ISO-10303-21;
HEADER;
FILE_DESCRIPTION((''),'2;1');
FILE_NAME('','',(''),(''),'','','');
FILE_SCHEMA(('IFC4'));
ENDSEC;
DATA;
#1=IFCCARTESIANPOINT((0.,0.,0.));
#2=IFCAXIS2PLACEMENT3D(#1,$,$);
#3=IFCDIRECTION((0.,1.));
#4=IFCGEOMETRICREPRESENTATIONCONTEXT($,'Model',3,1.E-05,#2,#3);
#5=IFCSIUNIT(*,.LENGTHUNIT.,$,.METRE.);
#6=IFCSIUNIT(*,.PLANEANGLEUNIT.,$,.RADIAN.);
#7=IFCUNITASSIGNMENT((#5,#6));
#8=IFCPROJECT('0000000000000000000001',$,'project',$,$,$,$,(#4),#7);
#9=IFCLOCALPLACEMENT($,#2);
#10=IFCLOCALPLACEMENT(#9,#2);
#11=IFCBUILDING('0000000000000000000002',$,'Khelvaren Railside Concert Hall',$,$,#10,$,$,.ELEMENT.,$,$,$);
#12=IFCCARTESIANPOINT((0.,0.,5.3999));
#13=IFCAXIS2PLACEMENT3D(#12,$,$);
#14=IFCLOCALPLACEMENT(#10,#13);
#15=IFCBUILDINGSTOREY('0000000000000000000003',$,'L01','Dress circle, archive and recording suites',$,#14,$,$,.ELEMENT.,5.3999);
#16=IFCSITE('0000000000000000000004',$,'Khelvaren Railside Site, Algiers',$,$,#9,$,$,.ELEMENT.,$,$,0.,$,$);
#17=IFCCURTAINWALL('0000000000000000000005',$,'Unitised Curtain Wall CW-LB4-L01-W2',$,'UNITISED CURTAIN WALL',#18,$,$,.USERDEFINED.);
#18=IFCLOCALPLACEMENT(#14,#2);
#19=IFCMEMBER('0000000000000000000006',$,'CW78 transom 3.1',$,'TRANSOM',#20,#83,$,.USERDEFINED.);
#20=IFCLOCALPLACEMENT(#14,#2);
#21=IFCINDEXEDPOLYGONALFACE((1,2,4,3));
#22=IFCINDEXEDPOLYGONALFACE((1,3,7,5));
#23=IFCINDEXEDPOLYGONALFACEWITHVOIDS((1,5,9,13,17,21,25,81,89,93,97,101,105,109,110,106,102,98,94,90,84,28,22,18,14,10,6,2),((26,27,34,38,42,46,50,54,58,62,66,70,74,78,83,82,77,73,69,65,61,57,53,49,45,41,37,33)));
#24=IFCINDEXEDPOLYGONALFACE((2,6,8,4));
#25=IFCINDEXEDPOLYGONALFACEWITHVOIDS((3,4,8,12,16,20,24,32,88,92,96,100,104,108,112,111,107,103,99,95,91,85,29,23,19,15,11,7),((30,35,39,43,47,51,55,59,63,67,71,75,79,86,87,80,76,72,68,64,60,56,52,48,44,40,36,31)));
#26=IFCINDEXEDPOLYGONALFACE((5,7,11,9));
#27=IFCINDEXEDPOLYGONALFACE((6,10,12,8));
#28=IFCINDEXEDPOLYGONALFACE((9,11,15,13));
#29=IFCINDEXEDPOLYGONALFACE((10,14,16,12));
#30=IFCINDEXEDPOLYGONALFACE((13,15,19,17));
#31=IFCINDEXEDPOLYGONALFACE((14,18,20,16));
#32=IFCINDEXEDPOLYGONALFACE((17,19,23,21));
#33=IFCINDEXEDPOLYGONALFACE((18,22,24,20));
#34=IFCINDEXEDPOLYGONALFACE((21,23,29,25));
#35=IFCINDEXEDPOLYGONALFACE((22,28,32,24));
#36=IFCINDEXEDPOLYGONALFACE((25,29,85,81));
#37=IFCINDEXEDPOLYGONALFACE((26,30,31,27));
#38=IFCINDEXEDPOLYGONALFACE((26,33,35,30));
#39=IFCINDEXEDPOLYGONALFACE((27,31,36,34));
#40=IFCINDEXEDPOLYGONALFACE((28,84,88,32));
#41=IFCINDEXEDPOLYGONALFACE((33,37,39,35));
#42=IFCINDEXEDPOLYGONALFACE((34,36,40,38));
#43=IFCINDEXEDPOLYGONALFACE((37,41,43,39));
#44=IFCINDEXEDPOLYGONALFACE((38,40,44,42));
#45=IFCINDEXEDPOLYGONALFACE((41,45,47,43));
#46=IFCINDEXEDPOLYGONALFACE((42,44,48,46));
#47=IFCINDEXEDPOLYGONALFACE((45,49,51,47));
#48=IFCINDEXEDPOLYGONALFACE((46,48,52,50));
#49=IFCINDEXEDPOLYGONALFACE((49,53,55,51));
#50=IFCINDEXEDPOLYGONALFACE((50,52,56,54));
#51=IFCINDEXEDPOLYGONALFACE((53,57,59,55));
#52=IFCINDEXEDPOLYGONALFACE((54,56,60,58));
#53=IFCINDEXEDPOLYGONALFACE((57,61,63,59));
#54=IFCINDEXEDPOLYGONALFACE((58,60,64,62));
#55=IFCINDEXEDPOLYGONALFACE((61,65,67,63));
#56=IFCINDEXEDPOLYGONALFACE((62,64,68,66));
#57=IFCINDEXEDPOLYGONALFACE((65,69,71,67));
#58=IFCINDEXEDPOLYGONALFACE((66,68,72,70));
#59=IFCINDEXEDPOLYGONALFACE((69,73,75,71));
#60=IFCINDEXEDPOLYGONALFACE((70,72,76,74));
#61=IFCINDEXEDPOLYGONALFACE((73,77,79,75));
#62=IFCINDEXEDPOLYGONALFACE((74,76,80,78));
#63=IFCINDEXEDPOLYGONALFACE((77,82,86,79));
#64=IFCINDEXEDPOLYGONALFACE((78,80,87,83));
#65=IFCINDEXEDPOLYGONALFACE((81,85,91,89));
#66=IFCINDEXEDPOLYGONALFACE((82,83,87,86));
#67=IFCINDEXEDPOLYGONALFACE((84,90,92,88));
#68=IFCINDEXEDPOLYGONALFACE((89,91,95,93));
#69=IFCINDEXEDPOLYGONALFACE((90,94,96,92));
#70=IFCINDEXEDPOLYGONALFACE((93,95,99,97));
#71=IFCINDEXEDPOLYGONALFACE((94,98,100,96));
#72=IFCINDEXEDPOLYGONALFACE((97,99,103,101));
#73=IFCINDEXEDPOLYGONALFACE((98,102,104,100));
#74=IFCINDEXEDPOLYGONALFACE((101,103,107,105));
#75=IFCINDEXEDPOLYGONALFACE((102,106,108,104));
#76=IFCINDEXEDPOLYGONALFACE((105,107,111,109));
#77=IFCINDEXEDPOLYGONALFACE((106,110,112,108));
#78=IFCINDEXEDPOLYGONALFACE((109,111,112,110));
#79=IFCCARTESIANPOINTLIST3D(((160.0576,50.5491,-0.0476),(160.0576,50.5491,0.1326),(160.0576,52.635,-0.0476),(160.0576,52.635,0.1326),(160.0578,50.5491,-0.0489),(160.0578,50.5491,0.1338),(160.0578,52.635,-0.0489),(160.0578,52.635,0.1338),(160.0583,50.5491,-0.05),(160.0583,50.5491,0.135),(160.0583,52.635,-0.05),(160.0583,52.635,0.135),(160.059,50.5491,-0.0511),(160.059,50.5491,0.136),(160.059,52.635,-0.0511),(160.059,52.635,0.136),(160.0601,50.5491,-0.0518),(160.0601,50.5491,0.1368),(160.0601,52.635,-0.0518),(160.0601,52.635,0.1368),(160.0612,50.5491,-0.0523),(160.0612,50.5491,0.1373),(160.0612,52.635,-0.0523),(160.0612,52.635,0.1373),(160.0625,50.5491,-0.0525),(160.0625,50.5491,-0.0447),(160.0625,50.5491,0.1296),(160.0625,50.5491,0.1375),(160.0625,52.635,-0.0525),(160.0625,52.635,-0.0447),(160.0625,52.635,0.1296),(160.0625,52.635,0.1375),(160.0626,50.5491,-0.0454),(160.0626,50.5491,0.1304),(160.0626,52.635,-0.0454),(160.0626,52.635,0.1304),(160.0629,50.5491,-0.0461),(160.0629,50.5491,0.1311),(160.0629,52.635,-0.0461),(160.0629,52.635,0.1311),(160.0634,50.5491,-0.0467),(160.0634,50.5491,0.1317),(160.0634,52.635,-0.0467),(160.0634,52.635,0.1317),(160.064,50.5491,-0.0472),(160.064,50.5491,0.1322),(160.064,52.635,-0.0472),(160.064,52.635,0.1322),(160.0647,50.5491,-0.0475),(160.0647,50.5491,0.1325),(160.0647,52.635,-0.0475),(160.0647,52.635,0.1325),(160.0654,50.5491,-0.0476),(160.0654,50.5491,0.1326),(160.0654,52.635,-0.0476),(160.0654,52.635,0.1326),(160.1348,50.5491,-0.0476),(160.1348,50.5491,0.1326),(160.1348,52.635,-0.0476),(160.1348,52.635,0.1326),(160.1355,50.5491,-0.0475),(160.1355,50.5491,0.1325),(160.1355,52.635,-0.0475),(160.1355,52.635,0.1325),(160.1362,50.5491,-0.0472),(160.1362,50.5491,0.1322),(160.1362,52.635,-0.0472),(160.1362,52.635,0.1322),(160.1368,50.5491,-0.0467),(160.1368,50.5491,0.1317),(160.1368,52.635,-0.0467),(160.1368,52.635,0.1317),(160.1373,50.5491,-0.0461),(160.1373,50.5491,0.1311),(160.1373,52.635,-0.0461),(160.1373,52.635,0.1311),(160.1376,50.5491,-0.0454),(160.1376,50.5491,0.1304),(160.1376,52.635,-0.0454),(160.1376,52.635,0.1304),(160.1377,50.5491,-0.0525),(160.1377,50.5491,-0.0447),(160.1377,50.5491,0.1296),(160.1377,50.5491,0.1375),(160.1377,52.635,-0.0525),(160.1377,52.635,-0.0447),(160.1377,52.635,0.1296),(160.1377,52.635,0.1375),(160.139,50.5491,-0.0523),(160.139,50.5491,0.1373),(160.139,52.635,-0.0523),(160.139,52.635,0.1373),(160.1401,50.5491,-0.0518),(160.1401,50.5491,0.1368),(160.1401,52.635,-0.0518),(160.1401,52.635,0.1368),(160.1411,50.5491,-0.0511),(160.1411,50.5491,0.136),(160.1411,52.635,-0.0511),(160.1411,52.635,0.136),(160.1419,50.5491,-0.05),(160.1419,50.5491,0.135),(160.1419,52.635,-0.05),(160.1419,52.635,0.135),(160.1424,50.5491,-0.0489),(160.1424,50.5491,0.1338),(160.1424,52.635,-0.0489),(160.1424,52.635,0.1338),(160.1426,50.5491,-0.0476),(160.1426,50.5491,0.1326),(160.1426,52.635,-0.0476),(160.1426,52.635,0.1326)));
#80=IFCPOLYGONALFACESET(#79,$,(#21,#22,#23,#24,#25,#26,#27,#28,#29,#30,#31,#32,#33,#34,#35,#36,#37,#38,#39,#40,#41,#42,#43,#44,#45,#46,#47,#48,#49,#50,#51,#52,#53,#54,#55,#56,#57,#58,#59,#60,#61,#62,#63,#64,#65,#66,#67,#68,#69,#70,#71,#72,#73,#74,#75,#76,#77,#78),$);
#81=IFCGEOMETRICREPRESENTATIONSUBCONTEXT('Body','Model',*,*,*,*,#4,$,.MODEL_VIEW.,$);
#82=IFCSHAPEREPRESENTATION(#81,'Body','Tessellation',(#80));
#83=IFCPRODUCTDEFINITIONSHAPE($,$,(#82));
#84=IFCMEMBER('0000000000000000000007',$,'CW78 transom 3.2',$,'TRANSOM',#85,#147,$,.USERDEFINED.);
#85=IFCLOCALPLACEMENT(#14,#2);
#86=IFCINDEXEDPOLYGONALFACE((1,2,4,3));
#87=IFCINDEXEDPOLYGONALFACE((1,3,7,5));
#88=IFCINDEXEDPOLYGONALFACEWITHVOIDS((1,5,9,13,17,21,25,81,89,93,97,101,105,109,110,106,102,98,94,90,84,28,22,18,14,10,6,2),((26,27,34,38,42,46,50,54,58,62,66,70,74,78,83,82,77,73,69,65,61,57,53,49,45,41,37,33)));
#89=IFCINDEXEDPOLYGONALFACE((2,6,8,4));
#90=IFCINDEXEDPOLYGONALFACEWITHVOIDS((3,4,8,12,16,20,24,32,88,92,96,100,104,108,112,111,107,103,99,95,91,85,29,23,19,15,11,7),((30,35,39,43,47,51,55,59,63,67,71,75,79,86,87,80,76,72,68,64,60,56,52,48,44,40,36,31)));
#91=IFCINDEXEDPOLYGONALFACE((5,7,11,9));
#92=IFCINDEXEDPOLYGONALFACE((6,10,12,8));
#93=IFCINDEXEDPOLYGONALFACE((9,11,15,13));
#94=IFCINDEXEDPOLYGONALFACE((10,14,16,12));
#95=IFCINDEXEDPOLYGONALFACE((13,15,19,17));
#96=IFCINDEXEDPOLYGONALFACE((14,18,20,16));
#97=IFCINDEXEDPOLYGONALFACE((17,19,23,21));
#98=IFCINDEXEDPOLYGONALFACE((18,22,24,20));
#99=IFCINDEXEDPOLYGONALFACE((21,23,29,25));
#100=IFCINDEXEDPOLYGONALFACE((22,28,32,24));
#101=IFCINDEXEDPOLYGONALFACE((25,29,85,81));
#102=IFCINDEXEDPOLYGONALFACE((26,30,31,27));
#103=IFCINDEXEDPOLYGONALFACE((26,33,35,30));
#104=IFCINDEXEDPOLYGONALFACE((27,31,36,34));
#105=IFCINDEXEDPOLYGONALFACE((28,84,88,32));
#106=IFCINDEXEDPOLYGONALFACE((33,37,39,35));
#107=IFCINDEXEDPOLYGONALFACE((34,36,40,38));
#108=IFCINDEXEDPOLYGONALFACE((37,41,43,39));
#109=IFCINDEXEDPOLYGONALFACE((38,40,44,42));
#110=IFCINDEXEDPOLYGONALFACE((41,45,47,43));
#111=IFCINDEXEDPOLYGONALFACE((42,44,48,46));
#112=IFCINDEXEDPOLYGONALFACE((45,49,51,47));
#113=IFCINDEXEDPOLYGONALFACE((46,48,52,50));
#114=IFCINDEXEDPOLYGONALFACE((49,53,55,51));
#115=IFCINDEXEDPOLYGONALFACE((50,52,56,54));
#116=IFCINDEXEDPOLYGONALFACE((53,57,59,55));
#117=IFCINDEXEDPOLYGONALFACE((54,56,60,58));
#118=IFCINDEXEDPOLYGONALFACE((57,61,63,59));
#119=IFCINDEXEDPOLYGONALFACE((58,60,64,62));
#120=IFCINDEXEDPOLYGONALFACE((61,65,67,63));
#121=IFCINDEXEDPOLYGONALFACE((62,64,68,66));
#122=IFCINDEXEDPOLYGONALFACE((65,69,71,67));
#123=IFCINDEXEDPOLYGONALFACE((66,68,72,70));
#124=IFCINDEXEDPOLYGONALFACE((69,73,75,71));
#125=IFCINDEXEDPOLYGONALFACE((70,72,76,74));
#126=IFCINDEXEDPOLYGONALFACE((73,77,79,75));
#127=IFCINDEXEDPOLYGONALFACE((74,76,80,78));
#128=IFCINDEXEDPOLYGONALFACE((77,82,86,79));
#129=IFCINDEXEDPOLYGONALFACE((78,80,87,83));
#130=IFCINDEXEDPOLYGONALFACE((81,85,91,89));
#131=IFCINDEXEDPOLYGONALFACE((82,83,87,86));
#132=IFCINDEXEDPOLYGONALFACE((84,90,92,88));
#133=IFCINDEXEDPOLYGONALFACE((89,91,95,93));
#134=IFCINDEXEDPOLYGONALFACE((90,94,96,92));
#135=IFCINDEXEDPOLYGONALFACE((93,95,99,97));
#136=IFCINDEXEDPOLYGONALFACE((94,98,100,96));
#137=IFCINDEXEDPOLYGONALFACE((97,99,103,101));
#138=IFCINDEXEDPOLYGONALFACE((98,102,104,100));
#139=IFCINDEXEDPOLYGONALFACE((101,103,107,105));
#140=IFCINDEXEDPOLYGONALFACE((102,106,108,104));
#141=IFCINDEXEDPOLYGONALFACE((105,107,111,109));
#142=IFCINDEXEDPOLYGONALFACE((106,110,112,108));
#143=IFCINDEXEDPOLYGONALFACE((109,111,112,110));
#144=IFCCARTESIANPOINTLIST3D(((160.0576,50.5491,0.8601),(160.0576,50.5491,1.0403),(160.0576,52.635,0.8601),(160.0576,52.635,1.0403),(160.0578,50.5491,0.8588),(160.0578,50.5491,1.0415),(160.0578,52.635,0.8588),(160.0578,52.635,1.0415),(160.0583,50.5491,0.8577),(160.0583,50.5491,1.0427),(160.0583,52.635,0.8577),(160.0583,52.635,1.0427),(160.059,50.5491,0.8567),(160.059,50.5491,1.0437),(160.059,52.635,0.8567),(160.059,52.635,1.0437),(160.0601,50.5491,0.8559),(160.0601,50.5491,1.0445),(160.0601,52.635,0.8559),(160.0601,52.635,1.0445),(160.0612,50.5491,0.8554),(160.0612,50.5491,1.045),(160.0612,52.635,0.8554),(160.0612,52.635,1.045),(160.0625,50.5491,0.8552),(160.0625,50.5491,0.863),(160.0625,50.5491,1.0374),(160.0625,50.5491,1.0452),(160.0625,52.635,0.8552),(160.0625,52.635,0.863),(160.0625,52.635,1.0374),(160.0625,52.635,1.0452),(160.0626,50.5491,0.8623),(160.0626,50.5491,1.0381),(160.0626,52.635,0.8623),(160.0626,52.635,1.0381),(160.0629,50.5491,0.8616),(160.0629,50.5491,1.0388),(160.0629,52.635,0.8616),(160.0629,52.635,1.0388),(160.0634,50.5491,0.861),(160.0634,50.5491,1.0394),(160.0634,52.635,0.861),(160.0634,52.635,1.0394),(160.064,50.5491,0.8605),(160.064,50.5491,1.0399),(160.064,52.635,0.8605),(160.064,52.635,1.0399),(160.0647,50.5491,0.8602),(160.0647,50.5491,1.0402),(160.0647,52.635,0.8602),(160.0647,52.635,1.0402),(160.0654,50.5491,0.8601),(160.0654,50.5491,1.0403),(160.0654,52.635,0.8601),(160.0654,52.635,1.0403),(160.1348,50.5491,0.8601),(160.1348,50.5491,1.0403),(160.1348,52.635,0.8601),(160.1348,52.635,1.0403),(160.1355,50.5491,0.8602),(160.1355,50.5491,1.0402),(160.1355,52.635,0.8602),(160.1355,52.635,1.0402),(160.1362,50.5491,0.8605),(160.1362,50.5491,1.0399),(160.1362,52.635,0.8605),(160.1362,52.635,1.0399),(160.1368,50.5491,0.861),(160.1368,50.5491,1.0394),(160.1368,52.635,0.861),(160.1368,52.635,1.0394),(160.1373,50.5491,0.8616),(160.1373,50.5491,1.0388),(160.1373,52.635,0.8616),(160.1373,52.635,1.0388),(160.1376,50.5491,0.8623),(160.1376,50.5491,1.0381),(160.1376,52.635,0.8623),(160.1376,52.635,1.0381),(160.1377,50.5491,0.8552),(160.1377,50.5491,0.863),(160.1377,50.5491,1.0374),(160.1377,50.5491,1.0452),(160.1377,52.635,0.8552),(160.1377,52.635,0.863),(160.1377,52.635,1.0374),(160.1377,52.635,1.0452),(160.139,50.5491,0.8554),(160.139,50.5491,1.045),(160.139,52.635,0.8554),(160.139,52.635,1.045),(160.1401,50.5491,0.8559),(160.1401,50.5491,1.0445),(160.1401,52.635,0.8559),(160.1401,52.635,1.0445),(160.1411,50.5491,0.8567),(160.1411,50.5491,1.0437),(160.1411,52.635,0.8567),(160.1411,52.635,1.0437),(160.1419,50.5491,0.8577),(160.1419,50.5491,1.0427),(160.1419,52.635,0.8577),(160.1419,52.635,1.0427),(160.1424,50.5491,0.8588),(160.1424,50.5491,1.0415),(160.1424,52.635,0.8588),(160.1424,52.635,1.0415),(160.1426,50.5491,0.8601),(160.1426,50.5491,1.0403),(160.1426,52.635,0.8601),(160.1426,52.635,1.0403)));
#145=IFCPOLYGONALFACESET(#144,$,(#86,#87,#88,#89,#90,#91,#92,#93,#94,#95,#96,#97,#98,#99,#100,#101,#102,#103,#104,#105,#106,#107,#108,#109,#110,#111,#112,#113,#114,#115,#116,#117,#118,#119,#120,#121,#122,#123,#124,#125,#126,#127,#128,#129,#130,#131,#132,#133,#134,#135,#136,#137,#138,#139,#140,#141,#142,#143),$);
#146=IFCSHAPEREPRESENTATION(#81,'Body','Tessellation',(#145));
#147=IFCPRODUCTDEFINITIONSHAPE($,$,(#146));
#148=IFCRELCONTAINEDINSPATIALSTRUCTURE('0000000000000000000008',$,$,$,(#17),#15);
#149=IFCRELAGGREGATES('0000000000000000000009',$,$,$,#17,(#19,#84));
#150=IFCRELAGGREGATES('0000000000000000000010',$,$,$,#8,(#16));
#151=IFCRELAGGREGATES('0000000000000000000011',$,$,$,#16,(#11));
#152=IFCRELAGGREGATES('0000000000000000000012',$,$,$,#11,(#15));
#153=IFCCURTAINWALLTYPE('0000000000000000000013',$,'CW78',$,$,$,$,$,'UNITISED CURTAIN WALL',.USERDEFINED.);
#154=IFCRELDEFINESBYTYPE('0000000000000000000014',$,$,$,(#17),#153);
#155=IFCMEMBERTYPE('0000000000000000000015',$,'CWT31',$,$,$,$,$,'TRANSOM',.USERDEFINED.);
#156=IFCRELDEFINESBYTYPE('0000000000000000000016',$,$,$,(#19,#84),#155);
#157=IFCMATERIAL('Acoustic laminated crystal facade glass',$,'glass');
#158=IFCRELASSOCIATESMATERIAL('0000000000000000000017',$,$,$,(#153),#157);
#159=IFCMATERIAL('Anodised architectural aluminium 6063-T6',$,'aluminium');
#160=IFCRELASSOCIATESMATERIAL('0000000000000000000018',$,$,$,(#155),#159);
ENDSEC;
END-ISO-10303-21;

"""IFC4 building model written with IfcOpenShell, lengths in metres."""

from ifc_helpers import new_model, si_unit, direction, frame, origin, origin_2d, place, context, subcontext, project, spatial, hollow_rectangle, extrude, material, material_profile, profile_set, type_object, element, aggregate, save


model = new_model("IFC4")

# Units and contexts
model_context = context("Model", 3, precision=1e-05, world=origin(), true_north=direction((0.0, 1.0)))
body_context = subcontext(model_context, "Body", "Model", "MODEL_VIEW")
ifc_project = project(units=[si_unit("LENGTHUNIT", "METRE"), si_unit("PLANEANGLEUNIT", "RADIAN")], contexts=[model_context])

# Site, building, storey
site_placement = place(None, origin())
site = spatial("IfcSite", under=ifc_project, at=site_placement, Name="Khelvaren Railside Site, Algiers", CompositionType="ELEMENT", RefElevation=0.0)
building_placement = place(site_placement, origin())
building = spatial("IfcBuilding", under=site, at=building_placement, Name="Khelvaren Railside Concert Hall", CompositionType="ELEMENT")
storey_placement = place(building_placement, frame((0.0, 0.0, 5.3999)))
storey = spatial("IfcBuildingStorey", under=building, at=storey_placement, Name="L01", Description="Dress circle, archive and recording suites", CompositionType="ELEMENT", Elevation=5.3999)

# Curtain wall, members
ifc_material_1 = material(Name="Acoustic laminated crystal facade glass", Category="glass")
curtain_wall_type = type_object("IfcCurtainWallType", Name="CW78", ElementType="UNITISED CURTAIN WALL", PredefinedType="USERDEFINED", material=ifc_material_1)
curtain_wall_placement = place(storey_placement, origin())
curtain_wall = element("IfcCurtainWall", 1, at=curtain_wall_placement, inside=storey, type_object=curtain_wall_type, Name="Unitised Curtain Wall CW-LB4-L01-W2", ObjectType="UNITISED CURTAIN WALL", PredefinedType="USERDEFINED")
ifc_material_2 = material(Name="Anodised architectural aluminium 6063-T6", Category="aluminium")
ifc_material_profile_1 = material_profile(ifc_material_2, hollow_rectangle(XDim=0.085, YDim=0.1899, WallThickness=0.0049, InnerFilletRadius=0.0029, OuterFilletRadius=0.0049, at=origin_2d()), Name="CWT 85x190x5")
ifc_profile_set_1 = profile_set([ifc_material_profile_1], Name="Anodised architectural aluminium 6063-T6")
member_type_1 = type_object("IfcMemberType", Name="CWT31", ElementType="TRANSOM", PredefinedType="USERDEFINED", material=ifc_profile_set_1)
member_1_placement = place(storey_placement, frame((160.1001, 50.5491, 0.0425), z_axis=(0.0, 1.0, 0.0), x_axis=(-1.0, 0.0, 0.0)))
member_1 = element("IfcMember", 2, at=member_1_placement, type_object=member_type_1, Name="CW78 transom 3.1", ObjectType="TRANSOM", PredefinedType="USERDEFINED", context=body_context, shape_type="SweptSolid", body=[
    extrude(hollow_rectangle(XDim=0.085, YDim=0.1899, WallThickness=0.0049, InnerFilletRadius=0.0029, OuterFilletRadius=0.0049, at=origin_2d()), origin(), (0.0, 0.0, 1.0), 2.0859),
])
member_2_placement = place(storey_placement, frame((160.1001, 50.5491, 0.9502), z_axis=(0.0, 1.0, 0.0), x_axis=(-1.0, 0.0, 0.0)))
member_2 = element("IfcMember", 3, at=member_2_placement, type_object=member_type_1, Name="CW78 transom 3.2", ObjectType="TRANSOM", PredefinedType="USERDEFINED", context=body_context, shape_type="SweptSolid", body=[
    extrude(hollow_rectangle(XDim=0.085, YDim=0.1899, WallThickness=0.0049, InnerFilletRadius=0.0029, OuterFilletRadius=0.0049, at=origin_2d()), origin(), (0.0, 0.0, 1.0), 2.0859),
])

aggregate(curtain_wall, [member_1, member_2])

save(model, "model.ifc")
